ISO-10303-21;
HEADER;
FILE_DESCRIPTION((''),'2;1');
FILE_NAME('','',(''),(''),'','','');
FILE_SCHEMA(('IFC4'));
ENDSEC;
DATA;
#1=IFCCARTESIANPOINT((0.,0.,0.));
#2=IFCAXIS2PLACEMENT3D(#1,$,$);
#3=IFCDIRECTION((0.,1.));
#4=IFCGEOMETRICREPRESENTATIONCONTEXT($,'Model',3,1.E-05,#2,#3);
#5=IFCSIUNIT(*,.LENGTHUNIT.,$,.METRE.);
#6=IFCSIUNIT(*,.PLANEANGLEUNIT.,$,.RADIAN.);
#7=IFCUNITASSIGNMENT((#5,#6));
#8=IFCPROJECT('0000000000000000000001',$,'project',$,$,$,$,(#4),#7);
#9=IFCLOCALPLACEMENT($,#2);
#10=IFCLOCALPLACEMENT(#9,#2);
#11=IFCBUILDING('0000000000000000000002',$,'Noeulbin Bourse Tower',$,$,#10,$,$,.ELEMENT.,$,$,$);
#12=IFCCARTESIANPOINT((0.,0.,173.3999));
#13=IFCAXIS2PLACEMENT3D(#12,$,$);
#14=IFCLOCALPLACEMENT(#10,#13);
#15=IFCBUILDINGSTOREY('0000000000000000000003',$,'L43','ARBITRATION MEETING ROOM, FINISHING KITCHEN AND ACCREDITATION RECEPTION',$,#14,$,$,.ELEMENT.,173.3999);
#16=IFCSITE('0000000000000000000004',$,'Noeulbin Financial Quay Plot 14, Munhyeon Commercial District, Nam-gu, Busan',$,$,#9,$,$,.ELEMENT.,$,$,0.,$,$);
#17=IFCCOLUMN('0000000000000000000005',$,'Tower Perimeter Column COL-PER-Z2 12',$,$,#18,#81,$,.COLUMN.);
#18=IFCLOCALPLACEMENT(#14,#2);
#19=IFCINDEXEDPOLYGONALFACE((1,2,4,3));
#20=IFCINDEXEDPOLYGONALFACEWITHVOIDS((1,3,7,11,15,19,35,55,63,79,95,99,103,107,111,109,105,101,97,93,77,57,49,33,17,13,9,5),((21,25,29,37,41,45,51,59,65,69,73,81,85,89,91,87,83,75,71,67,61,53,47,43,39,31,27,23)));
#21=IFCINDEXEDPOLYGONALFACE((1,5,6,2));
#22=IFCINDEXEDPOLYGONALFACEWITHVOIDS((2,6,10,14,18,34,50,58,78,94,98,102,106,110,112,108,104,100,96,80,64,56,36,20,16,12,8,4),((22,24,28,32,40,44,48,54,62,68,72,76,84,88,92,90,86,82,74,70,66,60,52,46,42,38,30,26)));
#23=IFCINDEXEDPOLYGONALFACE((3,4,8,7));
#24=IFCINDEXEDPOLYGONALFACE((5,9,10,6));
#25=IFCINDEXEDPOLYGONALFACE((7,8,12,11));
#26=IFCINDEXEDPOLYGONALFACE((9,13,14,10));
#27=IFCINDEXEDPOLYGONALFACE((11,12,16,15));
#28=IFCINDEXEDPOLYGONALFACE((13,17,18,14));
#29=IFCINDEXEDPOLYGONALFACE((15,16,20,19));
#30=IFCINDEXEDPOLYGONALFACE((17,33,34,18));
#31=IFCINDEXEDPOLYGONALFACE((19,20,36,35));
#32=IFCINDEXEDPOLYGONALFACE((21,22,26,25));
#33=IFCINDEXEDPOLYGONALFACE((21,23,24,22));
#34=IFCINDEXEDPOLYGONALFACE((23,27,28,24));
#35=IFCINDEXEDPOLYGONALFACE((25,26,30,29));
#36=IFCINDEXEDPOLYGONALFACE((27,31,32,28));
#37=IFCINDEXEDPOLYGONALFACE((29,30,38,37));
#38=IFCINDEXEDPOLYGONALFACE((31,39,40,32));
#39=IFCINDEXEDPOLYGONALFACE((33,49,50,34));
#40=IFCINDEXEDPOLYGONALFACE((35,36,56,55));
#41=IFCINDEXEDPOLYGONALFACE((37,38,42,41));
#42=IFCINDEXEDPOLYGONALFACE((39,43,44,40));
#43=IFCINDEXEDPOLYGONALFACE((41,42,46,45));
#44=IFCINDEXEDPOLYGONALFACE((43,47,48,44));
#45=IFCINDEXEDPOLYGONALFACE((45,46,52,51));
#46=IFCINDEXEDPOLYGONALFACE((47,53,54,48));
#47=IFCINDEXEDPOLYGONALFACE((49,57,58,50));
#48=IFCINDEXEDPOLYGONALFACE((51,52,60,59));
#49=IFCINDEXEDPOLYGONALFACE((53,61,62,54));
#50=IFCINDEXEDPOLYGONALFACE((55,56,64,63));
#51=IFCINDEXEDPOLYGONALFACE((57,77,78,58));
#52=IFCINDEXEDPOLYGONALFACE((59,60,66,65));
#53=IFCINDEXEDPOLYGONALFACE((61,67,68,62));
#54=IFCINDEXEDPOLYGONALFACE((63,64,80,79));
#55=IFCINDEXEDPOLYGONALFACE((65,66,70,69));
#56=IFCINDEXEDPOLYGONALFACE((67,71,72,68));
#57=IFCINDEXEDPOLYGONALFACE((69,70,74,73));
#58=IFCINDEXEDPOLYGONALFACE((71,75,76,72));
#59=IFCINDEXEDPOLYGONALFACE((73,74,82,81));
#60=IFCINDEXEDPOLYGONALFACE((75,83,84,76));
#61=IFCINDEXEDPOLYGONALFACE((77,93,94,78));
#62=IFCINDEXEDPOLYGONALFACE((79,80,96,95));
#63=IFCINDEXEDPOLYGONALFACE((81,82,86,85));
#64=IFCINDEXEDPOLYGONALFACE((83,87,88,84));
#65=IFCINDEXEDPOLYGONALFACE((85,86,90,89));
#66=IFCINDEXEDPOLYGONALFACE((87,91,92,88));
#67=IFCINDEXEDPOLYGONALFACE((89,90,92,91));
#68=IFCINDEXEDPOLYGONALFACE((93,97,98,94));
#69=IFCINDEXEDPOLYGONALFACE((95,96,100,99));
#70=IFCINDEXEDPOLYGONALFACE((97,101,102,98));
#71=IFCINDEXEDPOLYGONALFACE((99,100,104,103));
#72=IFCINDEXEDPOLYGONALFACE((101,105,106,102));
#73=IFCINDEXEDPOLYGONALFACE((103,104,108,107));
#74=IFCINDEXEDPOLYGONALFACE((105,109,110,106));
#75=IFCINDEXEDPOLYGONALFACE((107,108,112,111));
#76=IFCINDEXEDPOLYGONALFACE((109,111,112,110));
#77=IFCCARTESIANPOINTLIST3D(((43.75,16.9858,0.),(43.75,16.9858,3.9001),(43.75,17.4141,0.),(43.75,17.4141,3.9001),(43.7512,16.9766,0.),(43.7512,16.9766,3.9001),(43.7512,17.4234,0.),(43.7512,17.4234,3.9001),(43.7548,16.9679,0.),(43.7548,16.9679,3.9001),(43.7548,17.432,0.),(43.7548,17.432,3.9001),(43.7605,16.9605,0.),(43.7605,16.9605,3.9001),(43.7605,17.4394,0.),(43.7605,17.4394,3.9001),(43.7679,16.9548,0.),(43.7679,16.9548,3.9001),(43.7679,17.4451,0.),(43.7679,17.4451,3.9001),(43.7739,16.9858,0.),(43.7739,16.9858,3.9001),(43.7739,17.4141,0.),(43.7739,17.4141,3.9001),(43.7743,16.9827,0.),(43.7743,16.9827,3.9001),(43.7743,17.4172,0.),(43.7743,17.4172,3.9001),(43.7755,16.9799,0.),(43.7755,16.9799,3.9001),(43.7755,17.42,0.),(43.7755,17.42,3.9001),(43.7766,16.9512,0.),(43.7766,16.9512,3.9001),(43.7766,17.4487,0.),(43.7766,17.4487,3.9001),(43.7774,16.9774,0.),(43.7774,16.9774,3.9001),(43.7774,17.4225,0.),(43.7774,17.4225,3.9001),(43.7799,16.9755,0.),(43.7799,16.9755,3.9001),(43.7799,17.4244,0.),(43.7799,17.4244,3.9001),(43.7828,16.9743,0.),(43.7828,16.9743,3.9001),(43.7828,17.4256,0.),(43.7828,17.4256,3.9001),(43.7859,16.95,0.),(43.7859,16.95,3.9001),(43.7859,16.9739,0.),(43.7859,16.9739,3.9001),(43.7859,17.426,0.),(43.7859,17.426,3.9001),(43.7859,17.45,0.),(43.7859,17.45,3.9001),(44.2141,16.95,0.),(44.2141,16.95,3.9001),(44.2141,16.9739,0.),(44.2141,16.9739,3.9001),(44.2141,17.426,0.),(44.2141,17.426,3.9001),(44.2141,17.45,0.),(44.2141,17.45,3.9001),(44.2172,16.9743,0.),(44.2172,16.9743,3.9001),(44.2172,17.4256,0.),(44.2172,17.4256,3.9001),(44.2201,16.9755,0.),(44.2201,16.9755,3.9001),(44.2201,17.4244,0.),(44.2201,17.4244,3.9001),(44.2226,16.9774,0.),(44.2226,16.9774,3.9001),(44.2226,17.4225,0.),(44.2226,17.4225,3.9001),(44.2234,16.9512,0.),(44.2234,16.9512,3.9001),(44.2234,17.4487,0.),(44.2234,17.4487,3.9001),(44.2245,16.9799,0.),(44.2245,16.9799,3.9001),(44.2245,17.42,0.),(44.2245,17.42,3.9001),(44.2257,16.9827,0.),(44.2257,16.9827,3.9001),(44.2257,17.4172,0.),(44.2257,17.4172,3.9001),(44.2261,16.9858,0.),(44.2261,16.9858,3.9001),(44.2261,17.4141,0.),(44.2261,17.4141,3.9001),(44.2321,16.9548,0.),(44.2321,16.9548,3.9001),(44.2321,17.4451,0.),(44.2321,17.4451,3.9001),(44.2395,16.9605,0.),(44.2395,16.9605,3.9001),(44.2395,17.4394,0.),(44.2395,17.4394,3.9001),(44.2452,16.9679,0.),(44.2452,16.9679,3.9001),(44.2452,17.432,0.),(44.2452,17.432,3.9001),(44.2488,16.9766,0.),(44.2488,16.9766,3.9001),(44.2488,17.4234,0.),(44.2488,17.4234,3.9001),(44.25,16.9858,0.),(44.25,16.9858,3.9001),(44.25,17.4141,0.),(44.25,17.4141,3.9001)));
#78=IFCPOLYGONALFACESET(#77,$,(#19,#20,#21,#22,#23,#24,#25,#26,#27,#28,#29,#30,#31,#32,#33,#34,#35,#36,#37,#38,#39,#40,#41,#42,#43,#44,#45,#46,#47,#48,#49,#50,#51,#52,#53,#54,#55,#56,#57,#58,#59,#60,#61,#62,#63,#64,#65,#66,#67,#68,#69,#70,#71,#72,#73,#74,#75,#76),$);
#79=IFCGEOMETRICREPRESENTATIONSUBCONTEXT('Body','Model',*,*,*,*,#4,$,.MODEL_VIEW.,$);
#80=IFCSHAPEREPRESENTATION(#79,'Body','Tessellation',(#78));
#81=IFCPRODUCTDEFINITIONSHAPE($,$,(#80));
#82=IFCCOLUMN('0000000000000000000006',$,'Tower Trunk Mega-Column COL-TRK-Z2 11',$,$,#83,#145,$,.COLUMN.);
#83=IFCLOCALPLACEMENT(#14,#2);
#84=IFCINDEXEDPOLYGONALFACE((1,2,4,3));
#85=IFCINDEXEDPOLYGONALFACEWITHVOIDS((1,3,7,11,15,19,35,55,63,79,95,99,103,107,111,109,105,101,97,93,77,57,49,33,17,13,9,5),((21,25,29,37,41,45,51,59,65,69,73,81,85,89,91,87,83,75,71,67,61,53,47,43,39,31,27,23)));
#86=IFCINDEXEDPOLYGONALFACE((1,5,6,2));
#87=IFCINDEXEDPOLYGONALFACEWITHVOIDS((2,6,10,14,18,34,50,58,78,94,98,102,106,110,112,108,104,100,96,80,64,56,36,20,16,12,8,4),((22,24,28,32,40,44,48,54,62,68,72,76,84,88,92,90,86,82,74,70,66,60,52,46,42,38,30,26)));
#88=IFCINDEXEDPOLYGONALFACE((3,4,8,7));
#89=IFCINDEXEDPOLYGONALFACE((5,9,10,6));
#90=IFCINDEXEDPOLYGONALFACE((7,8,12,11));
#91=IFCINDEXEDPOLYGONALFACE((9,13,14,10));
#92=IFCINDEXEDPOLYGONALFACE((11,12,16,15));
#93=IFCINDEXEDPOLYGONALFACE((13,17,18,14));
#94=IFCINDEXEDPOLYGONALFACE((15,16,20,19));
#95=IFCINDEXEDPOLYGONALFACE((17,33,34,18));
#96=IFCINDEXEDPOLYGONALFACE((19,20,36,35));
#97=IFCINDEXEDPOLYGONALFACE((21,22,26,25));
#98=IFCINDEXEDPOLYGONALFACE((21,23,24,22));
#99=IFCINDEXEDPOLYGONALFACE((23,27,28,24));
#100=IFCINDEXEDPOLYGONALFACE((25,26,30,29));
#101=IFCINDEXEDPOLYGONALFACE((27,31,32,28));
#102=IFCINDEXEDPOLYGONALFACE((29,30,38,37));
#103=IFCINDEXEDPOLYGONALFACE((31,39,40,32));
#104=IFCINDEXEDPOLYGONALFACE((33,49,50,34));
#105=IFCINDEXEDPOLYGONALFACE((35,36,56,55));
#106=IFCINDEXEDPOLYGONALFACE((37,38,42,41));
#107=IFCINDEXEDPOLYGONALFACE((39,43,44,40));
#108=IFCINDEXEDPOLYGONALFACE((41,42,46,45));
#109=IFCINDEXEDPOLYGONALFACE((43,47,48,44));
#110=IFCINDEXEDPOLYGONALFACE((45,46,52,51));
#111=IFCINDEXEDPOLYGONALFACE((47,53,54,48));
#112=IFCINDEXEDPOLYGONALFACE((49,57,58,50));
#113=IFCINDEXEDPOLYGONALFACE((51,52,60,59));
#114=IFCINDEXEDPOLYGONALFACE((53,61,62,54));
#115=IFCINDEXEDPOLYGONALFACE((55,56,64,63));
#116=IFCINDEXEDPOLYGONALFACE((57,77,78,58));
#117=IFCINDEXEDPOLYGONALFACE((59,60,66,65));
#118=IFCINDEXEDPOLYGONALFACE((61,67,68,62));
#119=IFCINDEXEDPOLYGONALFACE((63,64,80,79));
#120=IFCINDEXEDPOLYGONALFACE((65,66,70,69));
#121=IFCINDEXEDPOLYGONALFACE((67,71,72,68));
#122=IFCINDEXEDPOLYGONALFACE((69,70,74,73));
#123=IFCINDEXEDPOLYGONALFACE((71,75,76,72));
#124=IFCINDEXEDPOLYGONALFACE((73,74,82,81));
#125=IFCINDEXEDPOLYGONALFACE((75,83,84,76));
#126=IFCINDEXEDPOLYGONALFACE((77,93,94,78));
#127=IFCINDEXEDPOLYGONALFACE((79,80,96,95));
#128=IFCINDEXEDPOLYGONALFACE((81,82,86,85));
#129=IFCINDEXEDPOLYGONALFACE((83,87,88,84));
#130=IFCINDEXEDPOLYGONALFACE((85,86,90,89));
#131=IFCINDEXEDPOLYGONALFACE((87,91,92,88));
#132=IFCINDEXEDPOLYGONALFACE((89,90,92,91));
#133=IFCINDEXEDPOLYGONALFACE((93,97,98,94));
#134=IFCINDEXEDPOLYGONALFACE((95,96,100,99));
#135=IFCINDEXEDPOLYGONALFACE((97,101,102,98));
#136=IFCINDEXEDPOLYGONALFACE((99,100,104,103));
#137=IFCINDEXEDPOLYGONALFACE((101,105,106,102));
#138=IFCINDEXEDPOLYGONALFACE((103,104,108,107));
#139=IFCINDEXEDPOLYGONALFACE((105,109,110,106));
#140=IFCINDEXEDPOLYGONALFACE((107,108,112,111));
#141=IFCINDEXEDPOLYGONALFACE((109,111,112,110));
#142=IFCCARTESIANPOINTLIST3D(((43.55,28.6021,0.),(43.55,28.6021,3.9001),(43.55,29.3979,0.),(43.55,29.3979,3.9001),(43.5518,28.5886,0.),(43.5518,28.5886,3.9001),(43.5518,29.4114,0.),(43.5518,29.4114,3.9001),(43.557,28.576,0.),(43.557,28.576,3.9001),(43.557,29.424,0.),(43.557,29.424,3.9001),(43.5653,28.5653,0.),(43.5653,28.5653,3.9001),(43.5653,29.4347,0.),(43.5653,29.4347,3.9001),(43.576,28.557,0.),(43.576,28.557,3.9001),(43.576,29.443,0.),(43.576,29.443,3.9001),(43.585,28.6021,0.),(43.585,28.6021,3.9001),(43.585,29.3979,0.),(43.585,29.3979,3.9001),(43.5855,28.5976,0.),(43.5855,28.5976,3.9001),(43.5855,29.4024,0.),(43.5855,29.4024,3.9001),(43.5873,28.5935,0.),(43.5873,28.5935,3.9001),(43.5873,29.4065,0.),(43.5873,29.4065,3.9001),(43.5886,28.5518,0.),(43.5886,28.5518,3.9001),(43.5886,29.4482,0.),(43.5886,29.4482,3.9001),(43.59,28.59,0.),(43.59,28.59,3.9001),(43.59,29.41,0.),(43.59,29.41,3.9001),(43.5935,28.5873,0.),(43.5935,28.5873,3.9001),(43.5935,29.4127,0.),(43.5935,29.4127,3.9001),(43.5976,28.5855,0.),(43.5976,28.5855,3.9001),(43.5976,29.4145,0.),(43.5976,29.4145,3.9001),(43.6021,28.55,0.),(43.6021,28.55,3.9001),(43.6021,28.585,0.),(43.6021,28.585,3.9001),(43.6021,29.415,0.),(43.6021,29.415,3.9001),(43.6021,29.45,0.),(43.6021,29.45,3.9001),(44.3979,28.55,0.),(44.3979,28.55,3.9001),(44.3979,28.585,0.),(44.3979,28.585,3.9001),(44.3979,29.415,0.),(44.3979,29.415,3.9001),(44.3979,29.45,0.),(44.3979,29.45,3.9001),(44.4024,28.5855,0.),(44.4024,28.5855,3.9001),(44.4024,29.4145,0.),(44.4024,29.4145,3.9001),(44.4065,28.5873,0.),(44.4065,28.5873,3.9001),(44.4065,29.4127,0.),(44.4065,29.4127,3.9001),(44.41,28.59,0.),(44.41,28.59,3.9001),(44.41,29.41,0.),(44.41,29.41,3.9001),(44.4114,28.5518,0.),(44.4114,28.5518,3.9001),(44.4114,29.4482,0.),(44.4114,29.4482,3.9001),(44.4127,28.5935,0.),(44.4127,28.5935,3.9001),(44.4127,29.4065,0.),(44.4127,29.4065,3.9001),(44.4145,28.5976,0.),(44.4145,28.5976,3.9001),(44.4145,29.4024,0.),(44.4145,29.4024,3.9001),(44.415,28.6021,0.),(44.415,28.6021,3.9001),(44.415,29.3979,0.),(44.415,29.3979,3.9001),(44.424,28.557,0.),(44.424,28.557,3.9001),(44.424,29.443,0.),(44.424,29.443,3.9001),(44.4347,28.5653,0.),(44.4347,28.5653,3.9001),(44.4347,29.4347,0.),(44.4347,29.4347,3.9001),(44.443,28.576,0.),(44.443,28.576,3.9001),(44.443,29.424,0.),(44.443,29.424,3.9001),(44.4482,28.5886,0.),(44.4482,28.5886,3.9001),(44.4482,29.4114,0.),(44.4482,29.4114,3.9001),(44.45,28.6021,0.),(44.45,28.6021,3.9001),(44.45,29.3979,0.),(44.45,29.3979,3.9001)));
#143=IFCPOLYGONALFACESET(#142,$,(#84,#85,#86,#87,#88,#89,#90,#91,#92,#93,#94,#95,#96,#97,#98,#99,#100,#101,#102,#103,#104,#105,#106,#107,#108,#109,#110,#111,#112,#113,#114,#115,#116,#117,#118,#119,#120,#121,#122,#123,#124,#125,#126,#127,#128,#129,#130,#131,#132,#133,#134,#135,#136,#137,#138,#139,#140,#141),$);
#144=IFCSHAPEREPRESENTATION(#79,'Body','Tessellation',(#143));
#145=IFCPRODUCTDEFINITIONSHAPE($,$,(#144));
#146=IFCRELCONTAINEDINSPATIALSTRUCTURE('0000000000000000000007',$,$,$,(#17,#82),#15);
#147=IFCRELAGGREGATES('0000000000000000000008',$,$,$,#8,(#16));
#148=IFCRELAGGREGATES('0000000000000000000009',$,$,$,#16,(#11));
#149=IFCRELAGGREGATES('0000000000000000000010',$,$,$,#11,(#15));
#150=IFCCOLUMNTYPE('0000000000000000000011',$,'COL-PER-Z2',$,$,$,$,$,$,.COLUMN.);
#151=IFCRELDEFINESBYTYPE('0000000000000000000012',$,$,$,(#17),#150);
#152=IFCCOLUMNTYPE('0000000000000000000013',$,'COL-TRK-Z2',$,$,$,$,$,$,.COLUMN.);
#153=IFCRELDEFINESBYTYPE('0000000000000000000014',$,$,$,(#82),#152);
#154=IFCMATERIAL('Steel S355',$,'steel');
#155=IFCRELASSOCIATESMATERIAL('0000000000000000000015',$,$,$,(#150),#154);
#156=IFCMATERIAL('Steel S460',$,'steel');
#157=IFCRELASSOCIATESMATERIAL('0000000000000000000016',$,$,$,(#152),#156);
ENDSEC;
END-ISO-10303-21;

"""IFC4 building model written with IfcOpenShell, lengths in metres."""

from ifc_helpers import new_model, si_unit, direction, frame, origin, origin_2d, place, context, subcontext, project, spatial, hollow_rectangle, extrude, material, material_profile, profile_set, type_object, element, save


model = new_model("IFC4")

# Units and contexts
model_context = context("Model", 3, precision=1e-05, world=origin(), true_north=direction((0.0, 1.0)))
body_context = subcontext(model_context, "Body", "Model", "MODEL_VIEW")
ifc_project = project(units=[si_unit("LENGTHUNIT", "METRE"), si_unit("PLANEANGLEUNIT", "RADIAN")], contexts=[model_context])

# Site, building, storey
site_placement = place(None, origin())
site = spatial("IfcSite", under=ifc_project, at=site_placement, Name="Noeulbin Financial Quay Plot 14, Munhyeon Commercial District, Nam-gu, Busan", CompositionType="ELEMENT", RefElevation=0.0)
building_placement = place(site_placement, origin())
building = spatial("IfcBuilding", under=site, at=building_placement, Name="Noeulbin Bourse Tower", CompositionType="ELEMENT")
storey_placement = place(building_placement, frame((0.0, 0.0, 173.3999)))
storey = spatial("IfcBuildingStorey", under=building, at=storey_placement, Name="L43", Description="ARBITRATION MEETING ROOM, FINISHING KITCHEN AND ACCREDITATION RECEPTION", CompositionType="ELEMENT", Elevation=173.3999)

# Columns
ifc_material_1 = material(Name="Steel S355", Category="steel")
ifc_material_profile_1 = material_profile(ifc_material_1, hollow_rectangle(XDim=0.5, YDim=0.5, WallThickness=0.0239, InnerFilletRadius=0.012, OuterFilletRadius=0.0359, at=origin_2d()), Name="BOX-500x500x24", Category="LoadBearing")
ifc_profile_set_1 = profile_set([ifc_material_profile_1], Name="Steel S355")
column_type_1 = type_object("IfcColumnType", Name="COL-PER-Z2", PredefinedType="COLUMN", material=ifc_profile_set_1)
column_placement = place(storey_placement, frame((44.0, 17.2, 0.0), z_axis=(0.0, 0.0, 1.0), x_axis=(1.0, 0.0, 0.0)))
element("IfcColumn", 1, at=column_placement, inside=storey, type_object=column_type_1, Name="Tower Perimeter Column COL-PER-Z2 12", PredefinedType="COLUMN", context=body_context, shape_type="SweptSolid", body=[
    extrude(hollow_rectangle(XDim=0.5, YDim=0.5, WallThickness=0.0239, InnerFilletRadius=0.012, OuterFilletRadius=0.0359, at=origin_2d()), origin(), (0.0, 0.0, 1.0), 3.9001),
])
ifc_material_2 = material(Name="Steel S460", Category="steel")
ifc_material_profile_2 = material_profile(ifc_material_2, hollow_rectangle(XDim=0.8999, YDim=0.8999, WallThickness=0.0349, InnerFilletRadius=0.0171, OuterFilletRadius=0.052, at=origin_2d()), Name="BOX-900x900x35", Category="LoadBearing")
ifc_profile_set_2 = profile_set([ifc_material_profile_2], Name="Steel S460")
column_type_2 = type_object("IfcColumnType", Name="COL-TRK-Z2", PredefinedType="COLUMN", material=ifc_profile_set_2)
for number, where, z_axis, x_axis, name in (
    (2, (44.0, 29.0, 0.0), (0.0, 0.0, 1.0), (1.0, 0.0, 0.0), "Tower Trunk Mega-Column COL-TRK-Z2 11"),
):
    element("IfcColumn", number, at=place(storey_placement, frame(where, z_axis=z_axis, x_axis=x_axis)), inside=storey, type_object=column_type_2, Name=name, PredefinedType="COLUMN", context=body_context, shape_type="SweptSolid", body=[
        extrude(hollow_rectangle(XDim=0.8999, YDim=0.8999, WallThickness=0.0349, InnerFilletRadius=0.0171, OuterFilletRadius=0.052, at=origin_2d()), origin(), (0.0, 0.0, 1.0), 3.9001),
    ])

save(model, "model.ifc")
